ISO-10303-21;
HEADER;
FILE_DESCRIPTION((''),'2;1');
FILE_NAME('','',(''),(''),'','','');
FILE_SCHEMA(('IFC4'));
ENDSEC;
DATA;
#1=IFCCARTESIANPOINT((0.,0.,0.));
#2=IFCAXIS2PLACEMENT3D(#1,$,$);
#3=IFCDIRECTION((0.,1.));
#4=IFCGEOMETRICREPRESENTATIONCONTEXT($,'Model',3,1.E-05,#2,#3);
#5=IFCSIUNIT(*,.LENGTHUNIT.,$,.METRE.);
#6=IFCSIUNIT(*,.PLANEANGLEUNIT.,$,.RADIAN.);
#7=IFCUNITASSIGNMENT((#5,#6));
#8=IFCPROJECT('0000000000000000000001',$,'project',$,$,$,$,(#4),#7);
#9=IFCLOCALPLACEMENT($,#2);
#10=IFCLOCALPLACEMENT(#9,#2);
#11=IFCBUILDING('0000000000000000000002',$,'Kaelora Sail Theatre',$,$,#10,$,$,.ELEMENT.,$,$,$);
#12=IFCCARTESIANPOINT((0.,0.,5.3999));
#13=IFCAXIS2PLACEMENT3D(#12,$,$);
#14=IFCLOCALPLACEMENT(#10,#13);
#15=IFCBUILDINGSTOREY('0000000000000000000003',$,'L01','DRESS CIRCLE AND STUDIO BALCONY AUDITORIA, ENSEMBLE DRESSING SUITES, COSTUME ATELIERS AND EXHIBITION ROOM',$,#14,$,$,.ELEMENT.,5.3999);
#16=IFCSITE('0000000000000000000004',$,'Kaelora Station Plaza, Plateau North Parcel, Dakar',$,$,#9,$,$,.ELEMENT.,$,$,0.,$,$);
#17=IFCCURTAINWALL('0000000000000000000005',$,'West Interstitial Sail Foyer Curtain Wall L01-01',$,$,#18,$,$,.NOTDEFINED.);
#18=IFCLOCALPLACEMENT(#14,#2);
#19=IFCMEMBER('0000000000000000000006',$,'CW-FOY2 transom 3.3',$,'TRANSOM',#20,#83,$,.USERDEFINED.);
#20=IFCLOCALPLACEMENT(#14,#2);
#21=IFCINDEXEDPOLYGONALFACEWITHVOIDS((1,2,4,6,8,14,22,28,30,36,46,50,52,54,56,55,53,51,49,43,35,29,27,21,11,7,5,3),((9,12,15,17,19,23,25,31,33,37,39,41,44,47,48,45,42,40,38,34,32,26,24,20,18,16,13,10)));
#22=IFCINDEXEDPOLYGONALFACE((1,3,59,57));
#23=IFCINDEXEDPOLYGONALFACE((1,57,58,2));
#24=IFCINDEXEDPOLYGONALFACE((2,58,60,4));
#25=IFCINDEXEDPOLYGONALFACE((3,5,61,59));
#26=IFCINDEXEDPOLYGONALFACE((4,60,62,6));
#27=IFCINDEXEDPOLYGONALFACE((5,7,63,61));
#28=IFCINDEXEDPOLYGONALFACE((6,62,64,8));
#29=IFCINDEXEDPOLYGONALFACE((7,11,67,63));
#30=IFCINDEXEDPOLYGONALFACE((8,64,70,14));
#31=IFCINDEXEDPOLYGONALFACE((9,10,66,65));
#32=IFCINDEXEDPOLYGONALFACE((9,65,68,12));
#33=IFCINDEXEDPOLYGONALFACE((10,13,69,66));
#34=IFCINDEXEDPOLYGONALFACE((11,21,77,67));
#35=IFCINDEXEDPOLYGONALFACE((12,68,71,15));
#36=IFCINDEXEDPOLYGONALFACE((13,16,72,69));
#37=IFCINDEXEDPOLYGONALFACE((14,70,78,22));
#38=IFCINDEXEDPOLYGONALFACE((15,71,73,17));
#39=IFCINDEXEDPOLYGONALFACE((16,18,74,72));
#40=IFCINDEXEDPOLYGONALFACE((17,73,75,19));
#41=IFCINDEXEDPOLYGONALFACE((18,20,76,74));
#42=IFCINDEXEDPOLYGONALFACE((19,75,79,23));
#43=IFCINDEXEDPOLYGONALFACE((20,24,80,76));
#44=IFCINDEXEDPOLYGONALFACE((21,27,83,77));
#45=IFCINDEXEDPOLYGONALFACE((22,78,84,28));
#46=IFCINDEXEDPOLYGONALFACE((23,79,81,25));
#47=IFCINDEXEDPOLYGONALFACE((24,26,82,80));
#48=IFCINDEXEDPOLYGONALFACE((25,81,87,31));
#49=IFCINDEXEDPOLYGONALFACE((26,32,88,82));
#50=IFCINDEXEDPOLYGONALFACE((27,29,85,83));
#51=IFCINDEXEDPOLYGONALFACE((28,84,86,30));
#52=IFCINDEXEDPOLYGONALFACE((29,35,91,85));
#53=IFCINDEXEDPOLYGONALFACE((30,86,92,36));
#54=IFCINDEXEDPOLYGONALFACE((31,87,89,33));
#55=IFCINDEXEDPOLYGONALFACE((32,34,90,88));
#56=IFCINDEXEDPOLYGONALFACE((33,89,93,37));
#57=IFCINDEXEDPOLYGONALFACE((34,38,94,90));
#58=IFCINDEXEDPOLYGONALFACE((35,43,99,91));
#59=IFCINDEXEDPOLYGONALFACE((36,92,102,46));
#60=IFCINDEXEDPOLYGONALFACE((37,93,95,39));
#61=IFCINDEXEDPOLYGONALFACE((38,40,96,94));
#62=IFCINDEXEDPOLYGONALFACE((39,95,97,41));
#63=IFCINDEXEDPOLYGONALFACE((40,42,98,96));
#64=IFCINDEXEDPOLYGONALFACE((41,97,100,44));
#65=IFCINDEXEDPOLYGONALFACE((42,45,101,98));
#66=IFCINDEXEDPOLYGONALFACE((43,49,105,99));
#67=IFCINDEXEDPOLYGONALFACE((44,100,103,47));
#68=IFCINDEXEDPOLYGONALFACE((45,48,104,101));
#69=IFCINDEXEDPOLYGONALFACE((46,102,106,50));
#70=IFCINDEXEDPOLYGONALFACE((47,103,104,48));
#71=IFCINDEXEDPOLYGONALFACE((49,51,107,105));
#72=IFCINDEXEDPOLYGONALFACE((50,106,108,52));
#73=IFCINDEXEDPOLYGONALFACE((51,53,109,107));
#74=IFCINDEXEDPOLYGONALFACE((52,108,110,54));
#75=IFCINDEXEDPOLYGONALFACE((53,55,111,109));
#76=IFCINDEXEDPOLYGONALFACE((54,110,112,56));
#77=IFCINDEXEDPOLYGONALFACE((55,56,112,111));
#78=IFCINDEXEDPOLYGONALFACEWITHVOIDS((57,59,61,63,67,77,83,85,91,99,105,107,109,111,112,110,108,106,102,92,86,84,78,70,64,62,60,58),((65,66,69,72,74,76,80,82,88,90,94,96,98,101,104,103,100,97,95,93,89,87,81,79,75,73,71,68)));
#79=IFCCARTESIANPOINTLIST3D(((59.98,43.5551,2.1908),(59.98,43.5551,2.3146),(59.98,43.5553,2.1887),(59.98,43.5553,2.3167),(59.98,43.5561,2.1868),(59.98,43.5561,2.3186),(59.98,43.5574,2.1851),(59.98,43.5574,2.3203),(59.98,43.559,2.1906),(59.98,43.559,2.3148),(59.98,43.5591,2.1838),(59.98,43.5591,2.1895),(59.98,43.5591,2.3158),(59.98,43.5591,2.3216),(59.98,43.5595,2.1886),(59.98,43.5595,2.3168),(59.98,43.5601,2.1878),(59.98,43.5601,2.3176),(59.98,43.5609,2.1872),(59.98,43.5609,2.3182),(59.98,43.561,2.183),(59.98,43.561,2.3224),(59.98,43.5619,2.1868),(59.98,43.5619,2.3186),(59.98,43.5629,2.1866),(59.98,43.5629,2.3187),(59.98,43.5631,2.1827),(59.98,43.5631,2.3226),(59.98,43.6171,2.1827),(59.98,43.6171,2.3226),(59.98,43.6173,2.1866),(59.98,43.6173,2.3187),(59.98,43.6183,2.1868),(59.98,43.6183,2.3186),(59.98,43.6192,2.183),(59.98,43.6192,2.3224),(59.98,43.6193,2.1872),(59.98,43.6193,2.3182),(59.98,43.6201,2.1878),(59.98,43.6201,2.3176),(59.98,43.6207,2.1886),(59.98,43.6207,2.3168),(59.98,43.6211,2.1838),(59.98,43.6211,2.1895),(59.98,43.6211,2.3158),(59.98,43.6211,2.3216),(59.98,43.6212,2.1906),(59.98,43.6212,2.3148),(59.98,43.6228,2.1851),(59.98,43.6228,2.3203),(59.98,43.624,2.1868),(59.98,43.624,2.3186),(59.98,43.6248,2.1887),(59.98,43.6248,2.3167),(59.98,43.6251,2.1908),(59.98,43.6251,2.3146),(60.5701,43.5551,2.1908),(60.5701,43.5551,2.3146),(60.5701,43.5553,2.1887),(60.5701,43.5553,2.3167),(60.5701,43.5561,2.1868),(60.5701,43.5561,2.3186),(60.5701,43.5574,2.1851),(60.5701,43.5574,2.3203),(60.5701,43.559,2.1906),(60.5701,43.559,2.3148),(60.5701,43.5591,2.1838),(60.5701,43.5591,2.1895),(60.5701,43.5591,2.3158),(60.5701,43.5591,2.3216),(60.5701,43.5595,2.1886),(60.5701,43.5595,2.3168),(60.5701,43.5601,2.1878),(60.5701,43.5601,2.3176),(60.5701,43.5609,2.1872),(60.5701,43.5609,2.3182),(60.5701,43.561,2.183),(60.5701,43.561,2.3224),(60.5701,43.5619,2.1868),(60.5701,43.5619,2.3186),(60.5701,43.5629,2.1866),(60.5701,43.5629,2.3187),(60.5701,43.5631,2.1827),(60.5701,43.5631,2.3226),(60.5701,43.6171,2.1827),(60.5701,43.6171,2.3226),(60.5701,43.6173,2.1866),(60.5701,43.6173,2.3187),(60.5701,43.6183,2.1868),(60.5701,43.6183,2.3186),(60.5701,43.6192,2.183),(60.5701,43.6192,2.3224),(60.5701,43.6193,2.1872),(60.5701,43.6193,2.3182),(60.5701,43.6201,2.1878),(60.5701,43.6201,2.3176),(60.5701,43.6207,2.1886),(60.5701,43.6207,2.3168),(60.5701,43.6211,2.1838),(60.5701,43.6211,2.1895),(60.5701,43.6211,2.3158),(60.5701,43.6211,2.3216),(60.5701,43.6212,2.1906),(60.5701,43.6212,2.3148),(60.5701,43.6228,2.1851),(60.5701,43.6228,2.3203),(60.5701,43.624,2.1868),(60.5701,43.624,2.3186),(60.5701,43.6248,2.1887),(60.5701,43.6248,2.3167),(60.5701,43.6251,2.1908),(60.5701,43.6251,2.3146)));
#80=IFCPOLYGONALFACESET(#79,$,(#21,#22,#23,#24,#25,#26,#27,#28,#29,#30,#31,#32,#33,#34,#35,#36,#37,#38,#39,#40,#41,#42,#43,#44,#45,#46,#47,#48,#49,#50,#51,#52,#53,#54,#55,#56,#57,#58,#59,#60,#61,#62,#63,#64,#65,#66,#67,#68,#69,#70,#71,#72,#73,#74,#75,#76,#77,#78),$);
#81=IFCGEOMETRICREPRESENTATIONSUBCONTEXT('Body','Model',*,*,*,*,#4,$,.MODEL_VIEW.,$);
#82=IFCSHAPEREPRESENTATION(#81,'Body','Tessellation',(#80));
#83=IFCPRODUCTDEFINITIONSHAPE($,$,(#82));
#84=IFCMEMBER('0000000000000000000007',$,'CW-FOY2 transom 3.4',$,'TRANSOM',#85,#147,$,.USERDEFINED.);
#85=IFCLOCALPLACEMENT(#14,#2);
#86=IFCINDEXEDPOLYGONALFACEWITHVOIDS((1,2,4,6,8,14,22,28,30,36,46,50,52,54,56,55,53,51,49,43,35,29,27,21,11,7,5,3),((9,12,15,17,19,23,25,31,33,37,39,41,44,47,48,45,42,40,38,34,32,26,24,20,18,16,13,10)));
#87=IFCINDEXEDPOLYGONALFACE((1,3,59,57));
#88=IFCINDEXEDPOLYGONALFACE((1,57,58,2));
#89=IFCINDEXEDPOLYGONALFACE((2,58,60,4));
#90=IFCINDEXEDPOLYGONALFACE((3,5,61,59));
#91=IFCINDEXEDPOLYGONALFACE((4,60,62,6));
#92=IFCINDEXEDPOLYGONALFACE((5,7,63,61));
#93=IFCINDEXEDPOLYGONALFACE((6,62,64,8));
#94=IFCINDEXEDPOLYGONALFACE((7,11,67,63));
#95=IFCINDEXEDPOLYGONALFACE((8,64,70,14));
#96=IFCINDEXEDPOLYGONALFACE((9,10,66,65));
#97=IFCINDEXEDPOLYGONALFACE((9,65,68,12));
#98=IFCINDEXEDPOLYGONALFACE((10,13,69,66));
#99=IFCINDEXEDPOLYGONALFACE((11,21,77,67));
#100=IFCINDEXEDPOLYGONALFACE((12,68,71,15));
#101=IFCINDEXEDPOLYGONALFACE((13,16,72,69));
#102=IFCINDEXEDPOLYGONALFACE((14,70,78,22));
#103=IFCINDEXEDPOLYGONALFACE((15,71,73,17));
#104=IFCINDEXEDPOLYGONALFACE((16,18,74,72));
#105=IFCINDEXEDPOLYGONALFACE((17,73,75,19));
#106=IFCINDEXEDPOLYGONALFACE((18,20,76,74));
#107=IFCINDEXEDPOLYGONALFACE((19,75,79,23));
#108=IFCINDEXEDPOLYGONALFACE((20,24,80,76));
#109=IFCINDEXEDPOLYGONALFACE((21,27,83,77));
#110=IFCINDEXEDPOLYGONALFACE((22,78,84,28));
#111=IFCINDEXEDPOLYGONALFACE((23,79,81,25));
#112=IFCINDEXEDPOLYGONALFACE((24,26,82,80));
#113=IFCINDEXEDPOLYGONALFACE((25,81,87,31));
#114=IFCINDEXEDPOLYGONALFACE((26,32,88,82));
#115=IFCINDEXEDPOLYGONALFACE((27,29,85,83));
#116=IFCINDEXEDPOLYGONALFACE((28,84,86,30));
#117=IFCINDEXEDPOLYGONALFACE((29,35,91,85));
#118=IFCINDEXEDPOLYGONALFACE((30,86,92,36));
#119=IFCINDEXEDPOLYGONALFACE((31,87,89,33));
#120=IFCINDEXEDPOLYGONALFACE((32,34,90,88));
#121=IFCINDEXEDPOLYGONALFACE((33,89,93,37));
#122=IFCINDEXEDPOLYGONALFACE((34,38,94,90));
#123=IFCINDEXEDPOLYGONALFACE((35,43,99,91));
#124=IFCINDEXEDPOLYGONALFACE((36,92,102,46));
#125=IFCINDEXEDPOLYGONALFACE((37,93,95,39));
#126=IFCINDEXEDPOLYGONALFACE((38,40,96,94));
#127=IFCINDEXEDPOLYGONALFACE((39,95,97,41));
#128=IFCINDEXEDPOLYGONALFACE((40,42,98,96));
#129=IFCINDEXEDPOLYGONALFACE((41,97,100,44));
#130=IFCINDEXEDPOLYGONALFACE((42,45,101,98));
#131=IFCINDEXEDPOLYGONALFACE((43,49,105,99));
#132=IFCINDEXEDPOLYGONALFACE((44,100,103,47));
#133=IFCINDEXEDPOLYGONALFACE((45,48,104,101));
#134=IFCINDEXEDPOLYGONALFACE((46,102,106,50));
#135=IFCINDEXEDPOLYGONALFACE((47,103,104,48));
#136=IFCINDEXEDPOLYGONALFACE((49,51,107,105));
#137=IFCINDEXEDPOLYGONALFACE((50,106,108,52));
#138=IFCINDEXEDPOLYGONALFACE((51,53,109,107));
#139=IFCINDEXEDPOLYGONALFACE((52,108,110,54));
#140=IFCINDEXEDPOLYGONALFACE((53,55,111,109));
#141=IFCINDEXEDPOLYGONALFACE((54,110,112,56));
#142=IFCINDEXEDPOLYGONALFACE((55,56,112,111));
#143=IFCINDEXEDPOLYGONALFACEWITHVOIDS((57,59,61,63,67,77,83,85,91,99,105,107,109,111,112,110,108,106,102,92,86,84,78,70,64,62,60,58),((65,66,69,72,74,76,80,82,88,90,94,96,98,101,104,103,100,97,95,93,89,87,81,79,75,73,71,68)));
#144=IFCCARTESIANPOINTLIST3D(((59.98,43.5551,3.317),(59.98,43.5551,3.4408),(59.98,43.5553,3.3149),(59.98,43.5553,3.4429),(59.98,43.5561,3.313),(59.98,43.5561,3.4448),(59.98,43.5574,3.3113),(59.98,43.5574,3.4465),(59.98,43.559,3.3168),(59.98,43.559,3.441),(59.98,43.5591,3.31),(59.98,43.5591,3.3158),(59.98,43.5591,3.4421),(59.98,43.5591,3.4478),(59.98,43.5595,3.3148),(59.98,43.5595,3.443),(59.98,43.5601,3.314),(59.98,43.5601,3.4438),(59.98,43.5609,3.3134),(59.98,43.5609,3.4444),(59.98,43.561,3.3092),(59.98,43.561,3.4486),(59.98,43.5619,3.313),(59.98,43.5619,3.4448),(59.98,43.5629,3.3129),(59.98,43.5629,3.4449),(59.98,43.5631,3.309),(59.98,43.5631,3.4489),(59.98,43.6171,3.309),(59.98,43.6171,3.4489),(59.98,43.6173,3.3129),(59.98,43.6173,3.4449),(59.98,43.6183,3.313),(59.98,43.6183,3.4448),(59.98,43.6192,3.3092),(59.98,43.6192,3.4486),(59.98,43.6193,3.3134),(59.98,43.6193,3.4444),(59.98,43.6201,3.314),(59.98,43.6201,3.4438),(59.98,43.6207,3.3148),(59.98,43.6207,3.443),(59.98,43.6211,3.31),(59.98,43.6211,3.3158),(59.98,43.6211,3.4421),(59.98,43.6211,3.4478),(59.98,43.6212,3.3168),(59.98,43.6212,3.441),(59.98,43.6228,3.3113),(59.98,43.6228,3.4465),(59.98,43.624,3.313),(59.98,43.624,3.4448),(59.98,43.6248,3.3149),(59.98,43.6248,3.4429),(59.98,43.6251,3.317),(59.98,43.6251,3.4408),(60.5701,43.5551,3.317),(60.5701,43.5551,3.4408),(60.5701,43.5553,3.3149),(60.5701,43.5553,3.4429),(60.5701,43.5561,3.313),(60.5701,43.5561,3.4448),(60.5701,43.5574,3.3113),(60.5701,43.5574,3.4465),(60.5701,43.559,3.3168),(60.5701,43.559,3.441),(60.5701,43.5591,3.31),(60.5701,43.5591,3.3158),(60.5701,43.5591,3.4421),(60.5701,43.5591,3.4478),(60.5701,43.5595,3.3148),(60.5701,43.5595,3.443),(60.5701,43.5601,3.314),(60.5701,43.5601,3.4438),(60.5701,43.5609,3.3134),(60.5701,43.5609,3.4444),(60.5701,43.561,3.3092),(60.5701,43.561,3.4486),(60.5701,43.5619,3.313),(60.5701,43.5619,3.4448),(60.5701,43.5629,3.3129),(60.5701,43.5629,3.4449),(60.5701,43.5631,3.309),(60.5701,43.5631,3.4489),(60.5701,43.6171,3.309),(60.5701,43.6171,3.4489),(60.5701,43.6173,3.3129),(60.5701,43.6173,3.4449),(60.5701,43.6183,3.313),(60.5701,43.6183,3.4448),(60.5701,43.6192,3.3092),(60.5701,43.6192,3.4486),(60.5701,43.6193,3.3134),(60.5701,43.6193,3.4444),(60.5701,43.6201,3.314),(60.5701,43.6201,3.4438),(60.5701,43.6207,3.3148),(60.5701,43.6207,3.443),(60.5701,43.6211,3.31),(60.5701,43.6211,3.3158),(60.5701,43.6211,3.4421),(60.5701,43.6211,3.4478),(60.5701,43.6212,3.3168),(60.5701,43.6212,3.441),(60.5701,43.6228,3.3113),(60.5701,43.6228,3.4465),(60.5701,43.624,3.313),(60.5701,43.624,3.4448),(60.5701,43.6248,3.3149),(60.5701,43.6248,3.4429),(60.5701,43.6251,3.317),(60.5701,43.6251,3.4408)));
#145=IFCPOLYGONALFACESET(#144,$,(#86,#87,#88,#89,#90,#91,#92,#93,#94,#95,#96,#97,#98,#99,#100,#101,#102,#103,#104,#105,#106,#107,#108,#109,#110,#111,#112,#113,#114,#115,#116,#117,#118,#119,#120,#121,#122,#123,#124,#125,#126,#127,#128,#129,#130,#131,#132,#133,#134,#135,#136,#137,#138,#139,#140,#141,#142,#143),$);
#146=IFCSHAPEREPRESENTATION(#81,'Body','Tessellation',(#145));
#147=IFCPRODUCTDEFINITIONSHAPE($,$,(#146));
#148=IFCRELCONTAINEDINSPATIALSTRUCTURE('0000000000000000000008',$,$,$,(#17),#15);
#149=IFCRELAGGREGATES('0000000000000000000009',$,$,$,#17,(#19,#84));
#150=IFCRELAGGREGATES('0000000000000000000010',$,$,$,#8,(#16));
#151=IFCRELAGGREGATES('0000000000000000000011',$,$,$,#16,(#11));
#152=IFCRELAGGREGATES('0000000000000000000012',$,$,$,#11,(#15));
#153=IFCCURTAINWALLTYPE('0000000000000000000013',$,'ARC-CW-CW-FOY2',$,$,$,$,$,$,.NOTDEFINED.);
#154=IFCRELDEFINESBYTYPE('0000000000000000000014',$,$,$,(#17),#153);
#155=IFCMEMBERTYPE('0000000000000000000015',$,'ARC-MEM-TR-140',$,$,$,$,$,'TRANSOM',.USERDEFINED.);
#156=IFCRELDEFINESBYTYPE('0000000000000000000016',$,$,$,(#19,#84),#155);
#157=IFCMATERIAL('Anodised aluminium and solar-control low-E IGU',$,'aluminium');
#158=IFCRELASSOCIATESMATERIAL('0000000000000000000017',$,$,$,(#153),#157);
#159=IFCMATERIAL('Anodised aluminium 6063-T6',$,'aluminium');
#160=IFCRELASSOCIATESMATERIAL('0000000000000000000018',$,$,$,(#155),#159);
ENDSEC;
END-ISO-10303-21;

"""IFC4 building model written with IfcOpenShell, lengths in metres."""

from ifc_helpers import new_model, si_unit, direction, frame, origin, origin_2d, place, context, subcontext, project, spatial, hollow_rectangle, extrude, material, material_profile, profile_set, type_object, element, aggregate, save


model = new_model("IFC4")

# Units and contexts
model_context = context("Model", 3, precision=1e-05, world=origin(), true_north=direction((0.0, 1.0)))
body_context = subcontext(model_context, "Body", "Model", "MODEL_VIEW")
ifc_project = project(units=[si_unit("LENGTHUNIT", "METRE"), si_unit("PLANEANGLEUNIT", "RADIAN")], contexts=[model_context])

# Site, building, storey
site_placement = place(None, origin())
site = spatial("IfcSite", under=ifc_project, at=site_placement, Name="Kaelora Station Plaza, Plateau North Parcel, Dakar", CompositionType="ELEMENT", RefElevation=0.0)
building_placement = place(site_placement, origin())
building = spatial("IfcBuilding", under=site, at=building_placement, Name="Kaelora Sail Theatre", CompositionType="ELEMENT")
storey_placement = place(building_placement, frame((0.0, 0.0, 5.3999)))
storey = spatial("IfcBuildingStorey", under=building, at=storey_placement, Name="L01", Description="DRESS CIRCLE AND STUDIO BALCONY AUDITORIA, ENSEMBLE DRESSING SUITES, COSTUME ATELIERS AND EXHIBITION ROOM", CompositionType="ELEMENT", Elevation=5.3999)

# Curtain wall, members
ifc_material_1 = material(Name="Anodised aluminium and solar-control low-E IGU", Category="aluminium")
curtain_wall_type = type_object("IfcCurtainWallType", Name="ARC-CW-CW-FOY2", PredefinedType="NOTDEFINED", material=ifc_material_1)
curtain_wall_placement = place(storey_placement, origin())
curtain_wall = element("IfcCurtainWall", 1, at=curtain_wall_placement, inside=storey, type_object=curtain_wall_type, Name="West Interstitial Sail Foyer Curtain Wall L01-01", PredefinedType="NOTDEFINED")
ifc_material_2 = material(Name="Anodised aluminium 6063-T6", Category="aluminium")
ifc_material_profile_1 = material_profile(ifc_material_2, hollow_rectangle(XDim=0.0701, YDim=0.1399, WallThickness=0.0039, InnerFilletRadius=0.0039, OuterFilletRadius=0.0081, at=origin_2d()), Name="ALU-TRAN 70x140x4")
ifc_profile_set_1 = profile_set([ifc_material_profile_1], Name="Anodised aluminium 6063-T6")
member_type_1 = type_object("IfcMemberType", Name="ARC-MEM-TR-140", ElementType="TRANSOM", PredefinedType="USERDEFINED", material=ifc_profile_set_1)
member_1_placement = place(storey_placement, frame((59.98, 43.5901, 2.2527), z_axis=(1.0, 0.0, 0.0), x_axis=(0.0, 1.0, 0.0)))
member_1 = element("IfcMember", 2, at=member_1_placement, type_object=member_type_1, Name="CW-FOY2 transom 3.3", ObjectType="TRANSOM", PredefinedType="USERDEFINED", context=body_context, shape_type="SweptSolid", body=[
    extrude(hollow_rectangle(XDim=0.0701, YDim=0.1399, WallThickness=0.0039, InnerFilletRadius=0.0039, OuterFilletRadius=0.0081, at=origin_2d()), origin(), (0.0, 0.0, 1.0), 0.5901),
])
member_2_placement = place(storey_placement, frame((59.98, 43.5901, 3.3789), z_axis=(1.0, 0.0, 0.0), x_axis=(0.0, 1.0, 0.0)))
member_2 = element("IfcMember", 3, at=member_2_placement, type_object=member_type_1, Name="CW-FOY2 transom 3.4", ObjectType="TRANSOM", PredefinedType="USERDEFINED", context=body_context, shape_type="SweptSolid", body=[
    extrude(hollow_rectangle(XDim=0.0701, YDim=0.1399, WallThickness=0.0039, InnerFilletRadius=0.0039, OuterFilletRadius=0.0081, at=origin_2d()), origin(), (0.0, 0.0, 1.0), 0.5901),
])
aggregate(curtain_wall, [member_1, member_2])

save(model, "model.ifc")
